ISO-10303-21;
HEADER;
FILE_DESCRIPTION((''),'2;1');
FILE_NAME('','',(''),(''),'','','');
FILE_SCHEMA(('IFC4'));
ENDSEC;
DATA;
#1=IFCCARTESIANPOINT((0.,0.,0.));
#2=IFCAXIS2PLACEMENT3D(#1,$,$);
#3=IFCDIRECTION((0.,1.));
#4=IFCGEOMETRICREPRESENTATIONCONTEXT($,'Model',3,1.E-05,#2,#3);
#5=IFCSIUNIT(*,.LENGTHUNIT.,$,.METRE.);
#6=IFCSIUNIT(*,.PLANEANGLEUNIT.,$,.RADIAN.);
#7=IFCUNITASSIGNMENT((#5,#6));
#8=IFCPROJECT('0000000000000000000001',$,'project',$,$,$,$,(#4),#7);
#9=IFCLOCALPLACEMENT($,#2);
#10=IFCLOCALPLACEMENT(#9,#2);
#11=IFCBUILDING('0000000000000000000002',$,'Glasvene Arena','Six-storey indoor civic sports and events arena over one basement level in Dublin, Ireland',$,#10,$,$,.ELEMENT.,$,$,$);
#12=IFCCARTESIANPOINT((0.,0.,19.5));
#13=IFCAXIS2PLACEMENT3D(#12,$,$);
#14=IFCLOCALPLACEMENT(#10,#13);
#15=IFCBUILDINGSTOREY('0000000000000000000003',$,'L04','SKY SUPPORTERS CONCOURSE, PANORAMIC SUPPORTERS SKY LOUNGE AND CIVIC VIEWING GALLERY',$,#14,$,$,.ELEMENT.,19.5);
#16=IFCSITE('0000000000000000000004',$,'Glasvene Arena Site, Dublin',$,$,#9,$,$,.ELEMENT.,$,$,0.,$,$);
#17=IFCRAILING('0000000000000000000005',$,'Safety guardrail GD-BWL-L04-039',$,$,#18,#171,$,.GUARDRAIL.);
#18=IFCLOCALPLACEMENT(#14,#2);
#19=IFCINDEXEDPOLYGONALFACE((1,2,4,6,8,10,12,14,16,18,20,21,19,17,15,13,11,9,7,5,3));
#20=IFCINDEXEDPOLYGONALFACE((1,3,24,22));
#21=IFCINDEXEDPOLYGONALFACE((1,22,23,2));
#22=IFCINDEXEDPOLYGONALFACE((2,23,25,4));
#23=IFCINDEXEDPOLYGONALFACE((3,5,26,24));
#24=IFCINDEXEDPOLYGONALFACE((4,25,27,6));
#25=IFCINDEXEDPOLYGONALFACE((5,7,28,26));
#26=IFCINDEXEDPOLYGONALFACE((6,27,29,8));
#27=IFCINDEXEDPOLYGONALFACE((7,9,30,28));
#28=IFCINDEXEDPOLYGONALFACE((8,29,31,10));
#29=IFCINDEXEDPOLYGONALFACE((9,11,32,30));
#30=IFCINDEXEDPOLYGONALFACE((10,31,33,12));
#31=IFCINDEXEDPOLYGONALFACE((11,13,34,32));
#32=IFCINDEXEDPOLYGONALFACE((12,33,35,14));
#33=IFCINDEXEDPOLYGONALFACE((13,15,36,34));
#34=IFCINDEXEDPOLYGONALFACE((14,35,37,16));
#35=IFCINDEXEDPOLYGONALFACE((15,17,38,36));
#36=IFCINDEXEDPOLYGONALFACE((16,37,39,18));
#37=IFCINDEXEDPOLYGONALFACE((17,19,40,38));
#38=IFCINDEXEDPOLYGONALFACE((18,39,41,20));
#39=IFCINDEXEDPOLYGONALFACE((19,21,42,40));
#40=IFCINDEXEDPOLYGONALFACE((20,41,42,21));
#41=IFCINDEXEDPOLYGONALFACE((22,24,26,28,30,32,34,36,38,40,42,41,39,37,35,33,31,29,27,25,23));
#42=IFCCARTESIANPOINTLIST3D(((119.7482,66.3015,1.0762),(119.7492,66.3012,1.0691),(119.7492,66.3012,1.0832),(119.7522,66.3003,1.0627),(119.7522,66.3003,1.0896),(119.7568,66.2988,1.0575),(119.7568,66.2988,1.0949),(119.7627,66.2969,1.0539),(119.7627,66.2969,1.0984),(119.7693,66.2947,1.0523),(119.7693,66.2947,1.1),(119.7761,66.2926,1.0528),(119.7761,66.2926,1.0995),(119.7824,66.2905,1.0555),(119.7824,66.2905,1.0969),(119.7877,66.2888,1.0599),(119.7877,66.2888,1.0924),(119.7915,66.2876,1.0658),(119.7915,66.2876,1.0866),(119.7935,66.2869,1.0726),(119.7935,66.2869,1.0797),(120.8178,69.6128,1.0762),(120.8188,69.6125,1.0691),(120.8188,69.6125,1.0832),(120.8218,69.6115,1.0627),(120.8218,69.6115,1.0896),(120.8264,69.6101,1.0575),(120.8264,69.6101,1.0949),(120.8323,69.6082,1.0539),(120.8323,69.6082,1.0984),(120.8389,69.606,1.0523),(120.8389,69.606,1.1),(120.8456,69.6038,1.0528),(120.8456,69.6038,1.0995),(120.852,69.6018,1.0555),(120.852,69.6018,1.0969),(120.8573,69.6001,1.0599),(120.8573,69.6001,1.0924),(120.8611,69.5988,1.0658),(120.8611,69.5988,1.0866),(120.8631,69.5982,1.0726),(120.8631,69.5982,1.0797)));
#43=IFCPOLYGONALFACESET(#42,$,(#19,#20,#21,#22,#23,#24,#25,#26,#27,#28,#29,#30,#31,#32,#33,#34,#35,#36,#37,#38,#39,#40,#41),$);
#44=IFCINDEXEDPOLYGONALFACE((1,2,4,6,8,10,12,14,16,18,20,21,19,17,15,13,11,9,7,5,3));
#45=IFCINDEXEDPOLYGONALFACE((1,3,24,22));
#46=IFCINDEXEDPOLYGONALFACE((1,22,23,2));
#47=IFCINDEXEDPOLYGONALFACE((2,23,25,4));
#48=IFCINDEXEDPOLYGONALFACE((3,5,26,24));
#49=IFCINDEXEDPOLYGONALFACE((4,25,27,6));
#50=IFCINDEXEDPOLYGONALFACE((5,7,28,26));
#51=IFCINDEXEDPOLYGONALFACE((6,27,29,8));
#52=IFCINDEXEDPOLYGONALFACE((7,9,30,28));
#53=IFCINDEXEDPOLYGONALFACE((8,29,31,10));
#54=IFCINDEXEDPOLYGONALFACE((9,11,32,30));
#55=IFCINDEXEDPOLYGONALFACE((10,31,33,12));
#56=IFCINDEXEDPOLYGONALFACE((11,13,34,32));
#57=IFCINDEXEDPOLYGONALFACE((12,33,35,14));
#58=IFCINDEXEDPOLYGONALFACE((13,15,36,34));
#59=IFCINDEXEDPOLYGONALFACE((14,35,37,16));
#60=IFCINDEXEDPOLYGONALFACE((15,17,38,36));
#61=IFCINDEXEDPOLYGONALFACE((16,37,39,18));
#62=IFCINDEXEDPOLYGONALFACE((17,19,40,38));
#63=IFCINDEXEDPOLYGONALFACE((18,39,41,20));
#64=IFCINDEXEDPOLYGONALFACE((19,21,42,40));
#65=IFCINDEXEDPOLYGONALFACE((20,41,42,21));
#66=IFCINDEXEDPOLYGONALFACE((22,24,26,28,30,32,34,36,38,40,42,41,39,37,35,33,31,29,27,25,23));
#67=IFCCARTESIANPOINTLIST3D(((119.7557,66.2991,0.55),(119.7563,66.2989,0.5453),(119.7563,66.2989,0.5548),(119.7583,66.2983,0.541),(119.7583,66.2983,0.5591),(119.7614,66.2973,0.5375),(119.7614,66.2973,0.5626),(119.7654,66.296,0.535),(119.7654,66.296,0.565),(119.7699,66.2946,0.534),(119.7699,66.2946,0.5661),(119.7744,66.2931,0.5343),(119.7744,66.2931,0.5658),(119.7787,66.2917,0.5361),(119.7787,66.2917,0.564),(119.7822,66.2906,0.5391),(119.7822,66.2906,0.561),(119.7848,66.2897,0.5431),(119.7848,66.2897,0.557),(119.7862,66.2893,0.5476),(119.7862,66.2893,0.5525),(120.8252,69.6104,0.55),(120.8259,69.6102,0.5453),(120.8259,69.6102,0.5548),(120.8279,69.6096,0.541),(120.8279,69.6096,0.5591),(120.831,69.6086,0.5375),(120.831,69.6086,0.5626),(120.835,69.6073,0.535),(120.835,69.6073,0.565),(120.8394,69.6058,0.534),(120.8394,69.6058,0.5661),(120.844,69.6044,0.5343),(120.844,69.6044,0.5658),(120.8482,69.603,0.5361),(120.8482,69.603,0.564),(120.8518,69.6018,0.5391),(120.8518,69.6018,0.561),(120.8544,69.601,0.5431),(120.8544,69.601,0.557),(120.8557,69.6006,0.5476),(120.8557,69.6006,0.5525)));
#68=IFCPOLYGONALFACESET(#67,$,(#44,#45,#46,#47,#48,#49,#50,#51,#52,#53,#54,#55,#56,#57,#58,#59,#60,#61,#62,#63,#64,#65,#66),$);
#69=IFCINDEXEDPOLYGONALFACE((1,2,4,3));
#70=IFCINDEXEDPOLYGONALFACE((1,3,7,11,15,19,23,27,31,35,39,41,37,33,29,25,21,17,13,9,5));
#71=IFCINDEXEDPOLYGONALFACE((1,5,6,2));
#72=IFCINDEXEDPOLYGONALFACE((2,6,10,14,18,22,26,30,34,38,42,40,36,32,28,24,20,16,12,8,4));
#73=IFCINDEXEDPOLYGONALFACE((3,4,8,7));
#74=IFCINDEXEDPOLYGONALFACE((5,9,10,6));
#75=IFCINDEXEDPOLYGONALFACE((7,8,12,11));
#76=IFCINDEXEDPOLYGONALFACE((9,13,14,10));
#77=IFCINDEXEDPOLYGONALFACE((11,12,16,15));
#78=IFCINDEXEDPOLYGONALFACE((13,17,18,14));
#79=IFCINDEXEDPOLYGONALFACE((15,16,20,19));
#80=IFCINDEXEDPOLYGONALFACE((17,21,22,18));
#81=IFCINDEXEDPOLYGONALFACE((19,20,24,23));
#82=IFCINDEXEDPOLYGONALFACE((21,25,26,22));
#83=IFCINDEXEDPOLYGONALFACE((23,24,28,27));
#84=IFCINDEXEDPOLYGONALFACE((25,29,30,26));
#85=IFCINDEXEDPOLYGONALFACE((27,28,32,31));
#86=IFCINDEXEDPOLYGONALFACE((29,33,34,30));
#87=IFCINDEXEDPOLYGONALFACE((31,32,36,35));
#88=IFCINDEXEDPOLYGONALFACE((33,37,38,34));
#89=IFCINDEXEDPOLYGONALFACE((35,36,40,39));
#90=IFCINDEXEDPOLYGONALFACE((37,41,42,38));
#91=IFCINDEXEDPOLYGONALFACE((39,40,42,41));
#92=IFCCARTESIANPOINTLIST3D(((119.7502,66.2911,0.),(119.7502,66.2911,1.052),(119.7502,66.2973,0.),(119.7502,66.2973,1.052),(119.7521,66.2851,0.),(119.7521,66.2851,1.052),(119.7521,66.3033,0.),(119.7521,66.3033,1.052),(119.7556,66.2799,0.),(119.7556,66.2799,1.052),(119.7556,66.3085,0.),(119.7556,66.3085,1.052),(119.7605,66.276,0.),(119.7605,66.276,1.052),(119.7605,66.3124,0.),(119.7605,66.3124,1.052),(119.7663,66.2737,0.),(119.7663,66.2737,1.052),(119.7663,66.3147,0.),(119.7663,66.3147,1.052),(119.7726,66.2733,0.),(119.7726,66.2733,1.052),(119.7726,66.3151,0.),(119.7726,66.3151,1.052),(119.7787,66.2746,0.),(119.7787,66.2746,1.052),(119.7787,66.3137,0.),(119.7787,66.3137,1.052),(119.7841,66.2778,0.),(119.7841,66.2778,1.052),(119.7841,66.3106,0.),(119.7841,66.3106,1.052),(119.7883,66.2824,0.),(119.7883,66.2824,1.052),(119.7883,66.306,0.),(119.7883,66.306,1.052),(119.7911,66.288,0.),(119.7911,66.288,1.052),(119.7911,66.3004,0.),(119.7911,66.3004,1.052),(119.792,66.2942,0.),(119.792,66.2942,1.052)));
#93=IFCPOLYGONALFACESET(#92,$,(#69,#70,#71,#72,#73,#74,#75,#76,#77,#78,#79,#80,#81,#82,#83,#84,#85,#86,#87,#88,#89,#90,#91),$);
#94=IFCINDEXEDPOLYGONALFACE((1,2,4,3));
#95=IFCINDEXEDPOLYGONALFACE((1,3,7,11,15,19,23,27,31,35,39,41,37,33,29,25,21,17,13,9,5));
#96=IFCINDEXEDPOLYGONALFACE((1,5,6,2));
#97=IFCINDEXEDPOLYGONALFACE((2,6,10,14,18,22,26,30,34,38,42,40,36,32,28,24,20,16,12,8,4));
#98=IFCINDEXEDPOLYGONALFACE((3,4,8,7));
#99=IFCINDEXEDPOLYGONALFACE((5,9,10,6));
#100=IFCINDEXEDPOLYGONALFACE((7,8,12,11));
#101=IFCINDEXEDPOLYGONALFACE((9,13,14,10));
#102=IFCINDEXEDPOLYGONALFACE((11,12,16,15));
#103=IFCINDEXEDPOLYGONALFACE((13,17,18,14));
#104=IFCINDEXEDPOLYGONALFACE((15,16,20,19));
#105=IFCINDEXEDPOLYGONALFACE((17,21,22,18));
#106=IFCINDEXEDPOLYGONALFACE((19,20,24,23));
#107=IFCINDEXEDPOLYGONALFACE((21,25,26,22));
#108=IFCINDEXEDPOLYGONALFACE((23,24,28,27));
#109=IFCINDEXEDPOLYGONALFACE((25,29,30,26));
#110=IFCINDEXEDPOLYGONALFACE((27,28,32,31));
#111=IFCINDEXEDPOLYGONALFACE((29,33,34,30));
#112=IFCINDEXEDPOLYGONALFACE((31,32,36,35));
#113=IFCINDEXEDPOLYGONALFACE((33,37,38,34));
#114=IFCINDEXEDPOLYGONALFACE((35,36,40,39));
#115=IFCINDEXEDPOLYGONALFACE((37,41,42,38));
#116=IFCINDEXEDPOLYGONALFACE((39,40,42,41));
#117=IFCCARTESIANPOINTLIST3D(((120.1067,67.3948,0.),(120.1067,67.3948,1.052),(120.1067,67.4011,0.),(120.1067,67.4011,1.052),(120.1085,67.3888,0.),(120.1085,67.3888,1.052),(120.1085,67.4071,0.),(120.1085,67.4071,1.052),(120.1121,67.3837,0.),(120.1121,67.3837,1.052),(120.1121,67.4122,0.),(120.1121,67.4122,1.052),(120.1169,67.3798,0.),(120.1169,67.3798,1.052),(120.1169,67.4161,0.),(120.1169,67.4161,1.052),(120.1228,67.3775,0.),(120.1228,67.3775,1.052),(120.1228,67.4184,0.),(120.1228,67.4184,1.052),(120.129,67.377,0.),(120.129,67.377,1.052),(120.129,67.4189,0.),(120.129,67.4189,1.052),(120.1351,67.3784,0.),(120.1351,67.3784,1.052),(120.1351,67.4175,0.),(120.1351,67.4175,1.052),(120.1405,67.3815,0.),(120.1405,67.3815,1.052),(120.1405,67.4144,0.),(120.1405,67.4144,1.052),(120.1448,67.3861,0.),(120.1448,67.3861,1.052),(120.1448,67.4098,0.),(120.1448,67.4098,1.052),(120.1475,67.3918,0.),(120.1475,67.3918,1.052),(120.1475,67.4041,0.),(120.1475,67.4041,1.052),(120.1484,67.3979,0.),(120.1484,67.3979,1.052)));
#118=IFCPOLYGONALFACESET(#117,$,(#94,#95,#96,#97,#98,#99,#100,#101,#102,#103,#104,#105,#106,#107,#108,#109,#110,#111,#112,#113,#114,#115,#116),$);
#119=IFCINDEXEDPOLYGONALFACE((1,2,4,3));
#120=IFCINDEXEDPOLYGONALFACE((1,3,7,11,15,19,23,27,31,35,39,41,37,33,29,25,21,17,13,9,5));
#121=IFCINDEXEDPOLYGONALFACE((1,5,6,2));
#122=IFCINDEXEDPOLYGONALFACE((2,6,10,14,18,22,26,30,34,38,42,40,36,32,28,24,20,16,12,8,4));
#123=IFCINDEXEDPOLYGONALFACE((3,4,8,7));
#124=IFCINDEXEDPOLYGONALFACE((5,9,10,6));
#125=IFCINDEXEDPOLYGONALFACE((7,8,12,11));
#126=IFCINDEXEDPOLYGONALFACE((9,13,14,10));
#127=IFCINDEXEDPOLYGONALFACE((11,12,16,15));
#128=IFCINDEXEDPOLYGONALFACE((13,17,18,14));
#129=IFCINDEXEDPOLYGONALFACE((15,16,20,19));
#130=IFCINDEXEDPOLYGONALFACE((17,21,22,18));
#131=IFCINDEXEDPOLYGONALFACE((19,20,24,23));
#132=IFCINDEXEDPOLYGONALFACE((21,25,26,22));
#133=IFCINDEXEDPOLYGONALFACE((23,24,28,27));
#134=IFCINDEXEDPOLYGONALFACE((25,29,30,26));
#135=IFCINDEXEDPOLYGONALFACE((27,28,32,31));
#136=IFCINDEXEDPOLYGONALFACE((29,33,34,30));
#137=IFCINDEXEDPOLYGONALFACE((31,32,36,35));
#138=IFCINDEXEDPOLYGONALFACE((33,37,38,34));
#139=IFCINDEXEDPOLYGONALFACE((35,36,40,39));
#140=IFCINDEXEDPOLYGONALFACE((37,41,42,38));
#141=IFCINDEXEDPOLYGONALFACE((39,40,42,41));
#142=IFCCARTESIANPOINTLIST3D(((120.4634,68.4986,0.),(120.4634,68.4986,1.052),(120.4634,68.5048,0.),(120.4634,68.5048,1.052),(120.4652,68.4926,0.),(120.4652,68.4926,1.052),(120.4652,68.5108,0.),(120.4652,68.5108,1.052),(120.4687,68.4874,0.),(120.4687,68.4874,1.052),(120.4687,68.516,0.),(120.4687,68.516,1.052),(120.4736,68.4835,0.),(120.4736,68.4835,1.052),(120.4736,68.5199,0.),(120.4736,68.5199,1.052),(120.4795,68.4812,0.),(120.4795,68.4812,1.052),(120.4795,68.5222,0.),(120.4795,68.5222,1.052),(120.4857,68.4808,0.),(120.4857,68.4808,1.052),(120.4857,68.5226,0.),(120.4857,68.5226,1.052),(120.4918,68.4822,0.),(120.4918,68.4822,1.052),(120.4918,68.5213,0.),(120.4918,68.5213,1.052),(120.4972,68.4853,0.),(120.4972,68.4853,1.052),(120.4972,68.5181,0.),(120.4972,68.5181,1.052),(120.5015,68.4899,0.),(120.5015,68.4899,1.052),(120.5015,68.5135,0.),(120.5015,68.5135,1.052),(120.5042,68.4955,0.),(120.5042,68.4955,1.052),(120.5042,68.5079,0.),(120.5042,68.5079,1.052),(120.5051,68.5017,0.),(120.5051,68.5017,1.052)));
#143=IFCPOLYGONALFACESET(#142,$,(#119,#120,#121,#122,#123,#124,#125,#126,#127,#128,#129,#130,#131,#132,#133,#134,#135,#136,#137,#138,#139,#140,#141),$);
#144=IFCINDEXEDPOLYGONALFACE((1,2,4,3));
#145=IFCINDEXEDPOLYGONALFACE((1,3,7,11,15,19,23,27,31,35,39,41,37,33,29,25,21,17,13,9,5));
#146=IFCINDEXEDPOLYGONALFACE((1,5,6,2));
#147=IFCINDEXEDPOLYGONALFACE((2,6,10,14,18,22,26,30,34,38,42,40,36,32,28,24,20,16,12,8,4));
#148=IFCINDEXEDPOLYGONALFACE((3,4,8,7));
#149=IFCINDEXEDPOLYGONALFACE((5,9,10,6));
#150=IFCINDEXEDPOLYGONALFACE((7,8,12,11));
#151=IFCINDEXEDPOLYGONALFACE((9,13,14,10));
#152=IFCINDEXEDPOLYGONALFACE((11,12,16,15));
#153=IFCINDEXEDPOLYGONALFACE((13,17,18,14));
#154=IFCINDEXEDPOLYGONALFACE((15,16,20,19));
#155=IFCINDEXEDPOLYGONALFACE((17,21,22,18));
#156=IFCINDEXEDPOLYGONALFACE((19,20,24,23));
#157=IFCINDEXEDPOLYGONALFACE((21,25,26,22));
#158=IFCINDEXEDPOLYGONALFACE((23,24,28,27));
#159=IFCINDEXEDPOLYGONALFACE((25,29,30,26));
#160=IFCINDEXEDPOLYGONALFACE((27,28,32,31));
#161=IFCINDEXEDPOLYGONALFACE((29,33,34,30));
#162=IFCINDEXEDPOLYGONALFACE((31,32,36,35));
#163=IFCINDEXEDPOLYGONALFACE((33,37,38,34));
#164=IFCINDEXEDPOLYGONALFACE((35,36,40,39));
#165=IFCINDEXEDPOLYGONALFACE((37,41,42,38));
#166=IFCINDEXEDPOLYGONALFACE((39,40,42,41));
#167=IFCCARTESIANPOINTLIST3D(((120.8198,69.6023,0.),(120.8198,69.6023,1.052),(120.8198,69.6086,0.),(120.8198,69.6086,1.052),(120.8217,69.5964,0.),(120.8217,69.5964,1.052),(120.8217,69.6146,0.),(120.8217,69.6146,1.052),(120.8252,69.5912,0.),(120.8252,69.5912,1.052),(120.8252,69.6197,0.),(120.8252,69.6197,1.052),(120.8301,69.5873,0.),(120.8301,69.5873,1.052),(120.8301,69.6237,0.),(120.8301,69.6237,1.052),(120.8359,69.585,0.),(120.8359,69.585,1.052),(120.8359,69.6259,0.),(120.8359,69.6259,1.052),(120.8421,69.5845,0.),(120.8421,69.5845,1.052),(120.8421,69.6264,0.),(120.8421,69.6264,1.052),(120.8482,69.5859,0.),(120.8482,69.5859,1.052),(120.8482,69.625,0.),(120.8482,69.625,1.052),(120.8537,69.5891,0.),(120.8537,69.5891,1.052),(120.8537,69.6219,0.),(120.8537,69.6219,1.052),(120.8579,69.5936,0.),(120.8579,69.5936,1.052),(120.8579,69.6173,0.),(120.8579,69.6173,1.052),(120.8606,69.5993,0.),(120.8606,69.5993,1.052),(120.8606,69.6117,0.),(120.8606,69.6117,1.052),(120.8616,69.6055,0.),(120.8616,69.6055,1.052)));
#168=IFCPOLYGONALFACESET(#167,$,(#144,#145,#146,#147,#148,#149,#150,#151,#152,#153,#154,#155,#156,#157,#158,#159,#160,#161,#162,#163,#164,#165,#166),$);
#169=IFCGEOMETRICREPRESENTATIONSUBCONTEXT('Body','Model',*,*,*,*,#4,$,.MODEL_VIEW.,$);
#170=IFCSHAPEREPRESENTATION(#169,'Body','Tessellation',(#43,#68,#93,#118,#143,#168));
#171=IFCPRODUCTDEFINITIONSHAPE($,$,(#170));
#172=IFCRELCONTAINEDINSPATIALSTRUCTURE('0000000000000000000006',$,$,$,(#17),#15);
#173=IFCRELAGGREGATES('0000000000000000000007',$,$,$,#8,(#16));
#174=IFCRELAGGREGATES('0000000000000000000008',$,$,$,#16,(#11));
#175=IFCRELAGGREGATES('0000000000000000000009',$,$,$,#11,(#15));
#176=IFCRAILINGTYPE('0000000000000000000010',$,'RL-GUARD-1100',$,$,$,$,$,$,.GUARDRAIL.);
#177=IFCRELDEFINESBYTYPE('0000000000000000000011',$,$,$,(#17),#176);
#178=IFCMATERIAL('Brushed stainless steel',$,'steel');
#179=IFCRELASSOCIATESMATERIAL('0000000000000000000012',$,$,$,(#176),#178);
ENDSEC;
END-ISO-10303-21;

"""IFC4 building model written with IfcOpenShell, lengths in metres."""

from ifc_helpers import new_model, si_unit, direction, frame, origin, origin_2d, place, context, subcontext, project, spatial, circle, extrude, material, type_object, element, save


model = new_model("IFC4")

# Units and contexts
model_context = context("Model", 3, precision=1e-05, world=origin(), true_north=direction((0.0, 1.0)))
body_context = subcontext(model_context, "Body", "Model", "MODEL_VIEW")
ifc_project = project(units=[si_unit("LENGTHUNIT", "METRE"), si_unit("PLANEANGLEUNIT", "RADIAN")], contexts=[model_context])

# Site, building, storey
site_placement = place(None, origin())
site = spatial("IfcSite", under=ifc_project, at=site_placement, Name="Glasvene Arena Site, Dublin", CompositionType="ELEMENT", RefElevation=0.0)
building_placement = place(site_placement, origin())
building = spatial("IfcBuilding", under=site, at=building_placement, Name="Glasvene Arena", Description="Six-storey indoor civic sports and events arena over one basement level in Dublin, Ireland", CompositionType="ELEMENT")
storey_placement = place(building_placement, frame((0.0, 0.0, 19.5)))
storey = spatial("IfcBuildingStorey", under=building, at=storey_placement, Name="L04", Description="SKY SUPPORTERS CONCOURSE, PANORAMIC SUPPORTERS SKY LOUNGE AND CIVIC VIEWING GALLERY", CompositionType="ELEMENT", Elevation=19.5)

# Railing
ifc_material = material(Name="Brushed stainless steel", Category="steel")
railing_type = type_object("IfcRailingType", Name="RL-GUARD-1100", PredefinedType="GUARDRAIL", material=ifc_material)
railing_1_placement = place(storey_placement, frame((119.771, 66.2942, 0.0)))
element("IfcRailing", 1, at=railing_1_placement, inside=storey, type_object=railing_type, Name="Safety guardrail GD-BWL-L04-039", PredefinedType="GUARDRAIL", context=body_context, shape_type="SweptSolid", body=[
    extrude(circle(Radius=0.0239, at=origin_2d()), frame((0.0, 0.0, 1.0762), z_axis=(0.307374, 0.951589, 0.0), x_axis=(-0.951589, 0.307374, 0.0)), (0.0, 0.0, 1.0), 3.4797),
    extrude(circle(Radius=0.0161, at=origin_2d()), frame((0.0, 0.0, 0.55), z_axis=(0.307374, 0.951589, 0.0), x_axis=(-0.951589, 0.307374, 0.0)), (0.0, 0.0, 1.0), 3.4797),
    extrude(circle(Radius=0.021, at=origin_2d()), origin(), (0.0, 0.0, 1.0), 1.052),
    extrude(circle(Radius=0.021, at=origin_2d()), frame((0.3564, 1.1038, 0.0)), (0.0, 0.0, 1.0), 1.052),
    extrude(circle(Radius=0.021, at=origin_2d()), frame((0.7131, 2.2075, 0.0)), (0.0, 0.0, 1.0), 1.052),
    extrude(circle(Radius=0.021, at=origin_2d()), frame((1.0696, 3.3113, 0.0)), (0.0, 0.0, 1.0), 1.052),
])

save(model, "model.ifc")
